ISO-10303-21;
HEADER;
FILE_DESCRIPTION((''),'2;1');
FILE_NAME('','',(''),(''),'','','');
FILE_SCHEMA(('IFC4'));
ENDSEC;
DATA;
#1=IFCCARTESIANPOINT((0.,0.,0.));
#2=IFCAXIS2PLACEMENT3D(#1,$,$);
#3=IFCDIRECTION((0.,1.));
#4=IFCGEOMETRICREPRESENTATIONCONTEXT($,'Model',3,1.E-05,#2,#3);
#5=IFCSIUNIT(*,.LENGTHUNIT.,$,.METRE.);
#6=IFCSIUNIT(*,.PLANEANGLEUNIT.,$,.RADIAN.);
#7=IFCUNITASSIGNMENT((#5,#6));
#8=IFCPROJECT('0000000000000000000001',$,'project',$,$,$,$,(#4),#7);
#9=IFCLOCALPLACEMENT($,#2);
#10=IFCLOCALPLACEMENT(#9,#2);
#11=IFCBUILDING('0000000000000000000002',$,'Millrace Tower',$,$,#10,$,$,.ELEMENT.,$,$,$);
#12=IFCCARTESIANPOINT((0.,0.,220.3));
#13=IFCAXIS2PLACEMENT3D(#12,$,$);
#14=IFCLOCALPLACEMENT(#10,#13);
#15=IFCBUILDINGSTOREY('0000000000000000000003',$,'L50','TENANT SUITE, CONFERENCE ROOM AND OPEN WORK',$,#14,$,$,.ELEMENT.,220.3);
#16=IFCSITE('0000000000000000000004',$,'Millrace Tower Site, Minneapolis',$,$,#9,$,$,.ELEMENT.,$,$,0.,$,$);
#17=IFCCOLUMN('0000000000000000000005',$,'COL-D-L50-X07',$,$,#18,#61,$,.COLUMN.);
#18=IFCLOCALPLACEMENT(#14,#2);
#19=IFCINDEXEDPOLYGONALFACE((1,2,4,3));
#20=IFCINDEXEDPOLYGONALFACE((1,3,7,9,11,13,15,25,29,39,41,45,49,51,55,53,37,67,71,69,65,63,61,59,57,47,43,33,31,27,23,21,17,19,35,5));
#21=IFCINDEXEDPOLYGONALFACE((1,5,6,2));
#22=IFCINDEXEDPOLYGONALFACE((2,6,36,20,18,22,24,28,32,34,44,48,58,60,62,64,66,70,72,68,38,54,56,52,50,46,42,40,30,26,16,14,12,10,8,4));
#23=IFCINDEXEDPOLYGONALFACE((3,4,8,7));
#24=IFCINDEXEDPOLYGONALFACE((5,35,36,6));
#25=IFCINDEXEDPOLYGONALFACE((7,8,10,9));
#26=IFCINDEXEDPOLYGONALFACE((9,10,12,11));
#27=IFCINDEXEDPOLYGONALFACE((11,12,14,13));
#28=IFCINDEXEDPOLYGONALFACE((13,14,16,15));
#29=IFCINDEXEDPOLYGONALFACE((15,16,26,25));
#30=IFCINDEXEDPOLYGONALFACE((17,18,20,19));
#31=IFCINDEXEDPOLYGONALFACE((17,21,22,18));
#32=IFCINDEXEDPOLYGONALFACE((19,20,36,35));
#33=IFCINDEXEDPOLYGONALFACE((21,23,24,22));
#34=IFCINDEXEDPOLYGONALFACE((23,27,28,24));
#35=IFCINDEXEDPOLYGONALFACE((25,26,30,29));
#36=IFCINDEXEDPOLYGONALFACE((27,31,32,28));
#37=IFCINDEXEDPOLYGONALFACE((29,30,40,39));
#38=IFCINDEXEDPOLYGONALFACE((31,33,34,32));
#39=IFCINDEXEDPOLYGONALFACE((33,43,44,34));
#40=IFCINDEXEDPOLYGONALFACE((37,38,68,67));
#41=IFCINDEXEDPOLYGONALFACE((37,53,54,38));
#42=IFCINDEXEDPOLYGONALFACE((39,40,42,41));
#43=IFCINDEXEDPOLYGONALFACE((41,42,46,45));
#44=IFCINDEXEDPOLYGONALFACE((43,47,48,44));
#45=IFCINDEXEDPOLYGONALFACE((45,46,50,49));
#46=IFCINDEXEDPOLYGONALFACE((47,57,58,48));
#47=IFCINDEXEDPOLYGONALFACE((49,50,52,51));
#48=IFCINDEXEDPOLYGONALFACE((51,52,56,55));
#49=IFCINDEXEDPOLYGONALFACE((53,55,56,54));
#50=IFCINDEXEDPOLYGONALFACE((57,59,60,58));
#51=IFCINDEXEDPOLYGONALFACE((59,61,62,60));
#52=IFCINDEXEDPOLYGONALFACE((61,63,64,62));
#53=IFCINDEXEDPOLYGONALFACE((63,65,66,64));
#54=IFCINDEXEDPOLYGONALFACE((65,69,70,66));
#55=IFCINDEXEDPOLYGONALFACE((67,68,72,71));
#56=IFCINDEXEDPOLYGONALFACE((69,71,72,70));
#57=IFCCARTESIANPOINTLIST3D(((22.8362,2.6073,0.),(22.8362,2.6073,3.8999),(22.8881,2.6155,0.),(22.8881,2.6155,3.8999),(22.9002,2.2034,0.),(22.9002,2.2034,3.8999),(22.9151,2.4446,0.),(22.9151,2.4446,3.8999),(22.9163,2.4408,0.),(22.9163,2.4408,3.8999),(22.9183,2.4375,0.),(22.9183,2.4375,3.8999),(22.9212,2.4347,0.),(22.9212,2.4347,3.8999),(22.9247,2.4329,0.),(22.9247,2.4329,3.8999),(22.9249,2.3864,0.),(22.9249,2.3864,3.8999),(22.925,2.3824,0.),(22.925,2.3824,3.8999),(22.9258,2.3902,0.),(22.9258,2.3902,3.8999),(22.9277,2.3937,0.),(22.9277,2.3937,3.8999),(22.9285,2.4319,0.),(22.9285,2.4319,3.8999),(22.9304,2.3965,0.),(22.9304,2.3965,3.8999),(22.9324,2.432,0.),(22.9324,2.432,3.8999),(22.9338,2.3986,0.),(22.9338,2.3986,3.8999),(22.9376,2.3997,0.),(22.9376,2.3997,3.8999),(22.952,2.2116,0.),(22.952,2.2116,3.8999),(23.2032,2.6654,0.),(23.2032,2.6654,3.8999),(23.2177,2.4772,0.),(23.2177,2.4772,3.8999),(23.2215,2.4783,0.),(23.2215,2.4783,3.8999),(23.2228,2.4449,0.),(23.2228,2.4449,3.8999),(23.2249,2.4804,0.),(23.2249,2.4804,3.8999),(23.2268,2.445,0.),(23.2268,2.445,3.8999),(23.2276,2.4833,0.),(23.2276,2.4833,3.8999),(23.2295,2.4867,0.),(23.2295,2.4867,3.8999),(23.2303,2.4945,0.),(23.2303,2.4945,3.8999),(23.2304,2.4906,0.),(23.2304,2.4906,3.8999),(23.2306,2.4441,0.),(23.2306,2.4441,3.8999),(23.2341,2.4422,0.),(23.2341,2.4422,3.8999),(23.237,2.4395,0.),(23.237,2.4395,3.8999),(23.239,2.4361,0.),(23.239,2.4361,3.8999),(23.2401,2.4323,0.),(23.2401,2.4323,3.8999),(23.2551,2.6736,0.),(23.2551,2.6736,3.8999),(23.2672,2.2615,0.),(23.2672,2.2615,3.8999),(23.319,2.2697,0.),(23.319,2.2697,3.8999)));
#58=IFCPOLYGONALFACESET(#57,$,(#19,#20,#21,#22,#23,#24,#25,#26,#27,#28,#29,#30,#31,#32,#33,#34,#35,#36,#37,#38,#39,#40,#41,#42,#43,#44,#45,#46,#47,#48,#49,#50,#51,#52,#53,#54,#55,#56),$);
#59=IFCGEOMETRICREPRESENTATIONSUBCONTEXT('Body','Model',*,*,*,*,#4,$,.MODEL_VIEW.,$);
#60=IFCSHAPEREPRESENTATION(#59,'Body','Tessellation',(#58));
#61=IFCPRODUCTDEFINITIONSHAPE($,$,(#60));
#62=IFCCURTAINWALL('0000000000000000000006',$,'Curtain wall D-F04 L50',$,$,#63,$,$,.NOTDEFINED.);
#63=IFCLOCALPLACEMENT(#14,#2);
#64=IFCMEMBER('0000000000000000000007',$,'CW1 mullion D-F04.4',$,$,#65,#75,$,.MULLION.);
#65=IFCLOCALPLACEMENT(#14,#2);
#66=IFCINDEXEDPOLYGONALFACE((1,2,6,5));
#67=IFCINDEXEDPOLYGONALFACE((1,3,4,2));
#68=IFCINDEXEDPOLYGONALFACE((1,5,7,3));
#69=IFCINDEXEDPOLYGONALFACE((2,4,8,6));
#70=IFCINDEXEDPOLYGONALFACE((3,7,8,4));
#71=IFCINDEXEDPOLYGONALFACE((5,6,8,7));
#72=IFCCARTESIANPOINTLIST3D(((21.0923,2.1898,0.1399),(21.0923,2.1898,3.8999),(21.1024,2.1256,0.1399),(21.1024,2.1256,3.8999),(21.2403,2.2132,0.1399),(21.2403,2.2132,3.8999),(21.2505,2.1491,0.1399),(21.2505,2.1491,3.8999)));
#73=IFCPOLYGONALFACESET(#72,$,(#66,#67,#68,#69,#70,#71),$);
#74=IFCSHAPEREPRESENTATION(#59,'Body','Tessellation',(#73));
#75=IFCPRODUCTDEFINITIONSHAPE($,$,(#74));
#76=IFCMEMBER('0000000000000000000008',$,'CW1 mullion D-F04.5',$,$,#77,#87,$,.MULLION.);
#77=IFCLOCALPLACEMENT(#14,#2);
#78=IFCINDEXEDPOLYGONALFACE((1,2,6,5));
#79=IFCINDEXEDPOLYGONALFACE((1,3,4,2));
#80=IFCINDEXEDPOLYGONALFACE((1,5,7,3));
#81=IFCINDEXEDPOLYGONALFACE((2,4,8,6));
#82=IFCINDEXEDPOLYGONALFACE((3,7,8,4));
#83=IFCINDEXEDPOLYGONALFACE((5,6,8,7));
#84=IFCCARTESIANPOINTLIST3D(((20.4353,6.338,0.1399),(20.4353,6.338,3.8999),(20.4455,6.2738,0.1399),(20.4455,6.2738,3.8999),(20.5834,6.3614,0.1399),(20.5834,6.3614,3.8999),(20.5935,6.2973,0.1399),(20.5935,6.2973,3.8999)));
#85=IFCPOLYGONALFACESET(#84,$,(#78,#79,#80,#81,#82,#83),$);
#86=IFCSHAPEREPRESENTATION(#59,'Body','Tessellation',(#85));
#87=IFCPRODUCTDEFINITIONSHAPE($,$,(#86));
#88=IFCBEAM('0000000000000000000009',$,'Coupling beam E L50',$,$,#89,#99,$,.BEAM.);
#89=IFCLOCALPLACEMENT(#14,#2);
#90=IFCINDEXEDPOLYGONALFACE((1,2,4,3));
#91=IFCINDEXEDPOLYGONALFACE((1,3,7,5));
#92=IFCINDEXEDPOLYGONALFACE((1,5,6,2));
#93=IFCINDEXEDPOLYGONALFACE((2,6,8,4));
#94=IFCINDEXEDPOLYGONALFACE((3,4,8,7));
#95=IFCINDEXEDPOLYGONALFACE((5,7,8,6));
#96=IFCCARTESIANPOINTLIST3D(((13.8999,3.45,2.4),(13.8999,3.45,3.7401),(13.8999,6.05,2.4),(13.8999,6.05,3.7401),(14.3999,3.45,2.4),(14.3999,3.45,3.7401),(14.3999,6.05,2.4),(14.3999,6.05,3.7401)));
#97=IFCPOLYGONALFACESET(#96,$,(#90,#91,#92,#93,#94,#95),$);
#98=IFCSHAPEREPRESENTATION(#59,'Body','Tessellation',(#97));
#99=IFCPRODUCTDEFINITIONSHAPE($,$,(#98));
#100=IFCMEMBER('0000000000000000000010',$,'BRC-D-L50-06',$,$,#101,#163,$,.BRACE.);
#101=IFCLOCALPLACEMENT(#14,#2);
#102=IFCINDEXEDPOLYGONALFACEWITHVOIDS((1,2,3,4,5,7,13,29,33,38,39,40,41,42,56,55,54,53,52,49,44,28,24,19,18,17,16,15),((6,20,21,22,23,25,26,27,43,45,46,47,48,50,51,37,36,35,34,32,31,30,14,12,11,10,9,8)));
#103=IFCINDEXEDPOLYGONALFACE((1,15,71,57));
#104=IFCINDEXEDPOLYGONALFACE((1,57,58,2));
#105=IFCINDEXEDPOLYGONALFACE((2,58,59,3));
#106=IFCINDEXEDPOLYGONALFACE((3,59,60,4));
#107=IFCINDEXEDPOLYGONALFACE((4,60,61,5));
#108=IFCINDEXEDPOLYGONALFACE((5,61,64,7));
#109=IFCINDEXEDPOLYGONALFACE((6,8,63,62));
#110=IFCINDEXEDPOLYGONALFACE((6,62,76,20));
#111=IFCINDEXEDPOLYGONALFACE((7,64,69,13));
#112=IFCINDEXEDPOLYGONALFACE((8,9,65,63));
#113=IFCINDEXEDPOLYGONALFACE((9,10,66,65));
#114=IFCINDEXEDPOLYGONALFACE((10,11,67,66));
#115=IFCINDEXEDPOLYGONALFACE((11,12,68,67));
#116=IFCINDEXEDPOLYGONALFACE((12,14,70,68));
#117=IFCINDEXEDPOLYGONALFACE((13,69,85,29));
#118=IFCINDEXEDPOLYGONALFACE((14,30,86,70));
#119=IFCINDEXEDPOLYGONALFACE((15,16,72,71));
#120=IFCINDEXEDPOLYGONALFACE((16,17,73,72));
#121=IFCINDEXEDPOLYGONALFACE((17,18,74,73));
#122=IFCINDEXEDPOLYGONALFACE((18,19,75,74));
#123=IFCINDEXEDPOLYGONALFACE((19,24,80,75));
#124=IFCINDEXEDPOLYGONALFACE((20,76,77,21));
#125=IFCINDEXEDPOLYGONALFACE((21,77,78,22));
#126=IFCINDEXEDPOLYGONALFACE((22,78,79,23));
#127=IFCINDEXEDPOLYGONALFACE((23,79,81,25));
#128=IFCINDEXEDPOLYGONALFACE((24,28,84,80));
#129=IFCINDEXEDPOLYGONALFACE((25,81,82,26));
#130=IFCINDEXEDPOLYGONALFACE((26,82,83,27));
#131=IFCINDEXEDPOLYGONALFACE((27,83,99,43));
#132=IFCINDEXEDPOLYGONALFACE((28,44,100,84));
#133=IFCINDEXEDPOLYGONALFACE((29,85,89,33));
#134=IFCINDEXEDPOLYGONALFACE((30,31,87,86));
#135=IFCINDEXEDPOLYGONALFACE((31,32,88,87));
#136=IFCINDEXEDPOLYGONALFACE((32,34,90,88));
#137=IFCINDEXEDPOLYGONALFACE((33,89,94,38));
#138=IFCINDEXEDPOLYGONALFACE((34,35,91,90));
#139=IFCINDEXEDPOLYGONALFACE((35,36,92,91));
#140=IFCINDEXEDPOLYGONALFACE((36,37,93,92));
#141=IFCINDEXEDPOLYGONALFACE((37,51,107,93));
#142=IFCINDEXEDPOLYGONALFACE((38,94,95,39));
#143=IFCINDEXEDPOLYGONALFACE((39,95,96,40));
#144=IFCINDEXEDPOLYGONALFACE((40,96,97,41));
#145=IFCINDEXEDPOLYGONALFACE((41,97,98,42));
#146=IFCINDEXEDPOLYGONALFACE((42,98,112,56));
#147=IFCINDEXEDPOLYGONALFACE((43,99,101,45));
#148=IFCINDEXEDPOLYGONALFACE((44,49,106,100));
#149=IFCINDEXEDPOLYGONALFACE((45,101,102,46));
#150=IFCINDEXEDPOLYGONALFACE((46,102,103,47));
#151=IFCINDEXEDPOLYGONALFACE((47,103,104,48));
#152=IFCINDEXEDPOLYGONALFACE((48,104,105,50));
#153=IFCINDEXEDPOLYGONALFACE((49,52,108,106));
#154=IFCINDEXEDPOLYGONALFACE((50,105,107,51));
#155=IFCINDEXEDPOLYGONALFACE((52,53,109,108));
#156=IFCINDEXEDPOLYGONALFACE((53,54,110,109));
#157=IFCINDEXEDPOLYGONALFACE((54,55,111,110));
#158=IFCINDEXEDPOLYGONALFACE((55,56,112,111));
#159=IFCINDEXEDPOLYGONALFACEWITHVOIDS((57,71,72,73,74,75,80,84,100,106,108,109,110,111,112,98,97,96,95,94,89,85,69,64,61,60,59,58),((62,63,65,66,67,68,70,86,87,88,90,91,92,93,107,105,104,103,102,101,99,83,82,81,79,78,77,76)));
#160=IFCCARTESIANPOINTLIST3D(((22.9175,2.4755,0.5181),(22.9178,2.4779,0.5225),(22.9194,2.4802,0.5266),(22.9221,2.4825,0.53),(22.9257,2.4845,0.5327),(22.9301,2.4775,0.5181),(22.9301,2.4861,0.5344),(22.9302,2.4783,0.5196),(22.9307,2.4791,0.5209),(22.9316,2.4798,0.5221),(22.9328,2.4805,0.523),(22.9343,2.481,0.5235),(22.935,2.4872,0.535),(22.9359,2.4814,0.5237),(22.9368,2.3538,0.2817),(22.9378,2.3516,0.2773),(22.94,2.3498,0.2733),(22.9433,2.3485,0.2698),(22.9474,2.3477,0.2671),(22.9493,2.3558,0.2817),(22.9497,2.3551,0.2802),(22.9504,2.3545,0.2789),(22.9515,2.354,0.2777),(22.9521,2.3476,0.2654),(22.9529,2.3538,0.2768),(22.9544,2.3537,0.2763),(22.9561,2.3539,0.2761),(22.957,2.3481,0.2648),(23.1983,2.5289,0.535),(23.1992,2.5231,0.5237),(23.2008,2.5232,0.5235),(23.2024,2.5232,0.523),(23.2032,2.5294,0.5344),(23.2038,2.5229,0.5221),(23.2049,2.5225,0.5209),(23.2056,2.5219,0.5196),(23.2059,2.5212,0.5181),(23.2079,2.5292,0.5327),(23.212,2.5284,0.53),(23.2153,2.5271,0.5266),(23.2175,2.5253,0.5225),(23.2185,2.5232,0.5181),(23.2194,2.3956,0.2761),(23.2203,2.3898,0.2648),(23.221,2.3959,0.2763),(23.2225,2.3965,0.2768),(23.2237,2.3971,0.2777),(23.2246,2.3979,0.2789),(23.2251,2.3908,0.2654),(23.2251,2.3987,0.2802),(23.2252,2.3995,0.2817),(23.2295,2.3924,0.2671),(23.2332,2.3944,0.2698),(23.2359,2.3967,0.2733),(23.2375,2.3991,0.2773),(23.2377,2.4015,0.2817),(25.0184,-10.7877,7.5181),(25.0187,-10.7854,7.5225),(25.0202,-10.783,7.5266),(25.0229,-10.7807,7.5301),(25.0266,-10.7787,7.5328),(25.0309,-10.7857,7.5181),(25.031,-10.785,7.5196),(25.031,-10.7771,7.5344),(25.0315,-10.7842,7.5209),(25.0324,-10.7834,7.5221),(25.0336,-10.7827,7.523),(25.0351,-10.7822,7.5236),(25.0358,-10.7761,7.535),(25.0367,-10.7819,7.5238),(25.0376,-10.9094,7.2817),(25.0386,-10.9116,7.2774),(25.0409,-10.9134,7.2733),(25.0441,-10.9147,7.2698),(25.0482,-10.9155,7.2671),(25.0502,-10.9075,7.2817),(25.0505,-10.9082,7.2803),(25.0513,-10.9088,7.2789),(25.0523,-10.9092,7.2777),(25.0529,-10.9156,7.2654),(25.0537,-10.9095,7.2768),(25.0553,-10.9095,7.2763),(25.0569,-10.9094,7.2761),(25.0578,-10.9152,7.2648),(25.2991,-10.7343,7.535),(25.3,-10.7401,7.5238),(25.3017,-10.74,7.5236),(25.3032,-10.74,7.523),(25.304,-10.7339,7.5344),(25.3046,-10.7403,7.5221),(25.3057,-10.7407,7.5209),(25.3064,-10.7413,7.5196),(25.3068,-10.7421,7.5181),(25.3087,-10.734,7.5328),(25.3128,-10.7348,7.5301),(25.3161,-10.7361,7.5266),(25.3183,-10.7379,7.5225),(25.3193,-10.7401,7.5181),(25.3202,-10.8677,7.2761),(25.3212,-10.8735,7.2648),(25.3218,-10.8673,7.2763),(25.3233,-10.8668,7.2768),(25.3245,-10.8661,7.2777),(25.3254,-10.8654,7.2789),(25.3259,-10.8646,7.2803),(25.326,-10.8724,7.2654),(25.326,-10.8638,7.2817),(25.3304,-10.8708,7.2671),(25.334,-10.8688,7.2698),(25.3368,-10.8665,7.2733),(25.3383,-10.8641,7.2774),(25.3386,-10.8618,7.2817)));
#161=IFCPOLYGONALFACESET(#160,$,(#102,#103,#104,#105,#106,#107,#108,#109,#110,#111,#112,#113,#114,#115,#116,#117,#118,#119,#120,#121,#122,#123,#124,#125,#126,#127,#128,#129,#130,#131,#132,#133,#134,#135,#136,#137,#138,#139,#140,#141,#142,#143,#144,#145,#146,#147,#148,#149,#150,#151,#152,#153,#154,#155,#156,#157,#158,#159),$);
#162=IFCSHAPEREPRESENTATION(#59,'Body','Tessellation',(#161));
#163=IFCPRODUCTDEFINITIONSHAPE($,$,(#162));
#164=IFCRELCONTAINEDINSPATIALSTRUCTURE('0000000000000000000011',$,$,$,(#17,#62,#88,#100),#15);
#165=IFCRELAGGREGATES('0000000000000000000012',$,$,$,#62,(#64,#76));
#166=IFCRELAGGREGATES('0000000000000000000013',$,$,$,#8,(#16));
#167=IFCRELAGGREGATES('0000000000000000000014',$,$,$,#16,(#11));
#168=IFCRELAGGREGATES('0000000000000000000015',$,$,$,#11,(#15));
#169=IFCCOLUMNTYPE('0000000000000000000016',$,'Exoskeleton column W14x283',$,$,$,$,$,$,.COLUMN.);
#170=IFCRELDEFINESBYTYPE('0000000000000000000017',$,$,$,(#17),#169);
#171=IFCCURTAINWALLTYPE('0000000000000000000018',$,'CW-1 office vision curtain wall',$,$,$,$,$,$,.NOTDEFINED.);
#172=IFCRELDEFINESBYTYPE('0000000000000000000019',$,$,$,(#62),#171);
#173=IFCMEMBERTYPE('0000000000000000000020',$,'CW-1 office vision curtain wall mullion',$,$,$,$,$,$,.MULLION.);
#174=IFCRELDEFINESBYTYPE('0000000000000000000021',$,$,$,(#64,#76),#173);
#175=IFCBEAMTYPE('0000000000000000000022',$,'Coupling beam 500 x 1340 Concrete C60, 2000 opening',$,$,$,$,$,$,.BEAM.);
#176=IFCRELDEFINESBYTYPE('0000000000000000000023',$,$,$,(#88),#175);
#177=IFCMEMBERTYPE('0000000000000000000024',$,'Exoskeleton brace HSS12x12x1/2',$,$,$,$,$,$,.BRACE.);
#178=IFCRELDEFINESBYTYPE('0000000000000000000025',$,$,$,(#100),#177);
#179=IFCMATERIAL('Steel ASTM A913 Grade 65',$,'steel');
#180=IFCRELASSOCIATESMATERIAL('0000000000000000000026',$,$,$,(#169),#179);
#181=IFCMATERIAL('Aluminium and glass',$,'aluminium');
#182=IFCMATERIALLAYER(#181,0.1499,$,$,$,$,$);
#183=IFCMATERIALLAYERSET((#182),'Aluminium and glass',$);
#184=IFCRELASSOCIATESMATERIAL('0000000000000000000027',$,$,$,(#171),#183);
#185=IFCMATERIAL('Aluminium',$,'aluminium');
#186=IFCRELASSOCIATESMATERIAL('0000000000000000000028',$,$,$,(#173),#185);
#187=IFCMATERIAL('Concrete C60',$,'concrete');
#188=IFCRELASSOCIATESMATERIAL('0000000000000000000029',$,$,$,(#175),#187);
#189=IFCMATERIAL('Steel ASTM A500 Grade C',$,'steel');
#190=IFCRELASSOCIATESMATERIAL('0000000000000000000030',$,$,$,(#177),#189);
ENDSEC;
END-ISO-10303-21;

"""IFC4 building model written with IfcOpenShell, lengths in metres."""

from ifc_helpers import new_model, si_unit, direction, frame, origin, origin_2d, place, context, subcontext, project, spatial, rectangle, hollow_rectangle, i_section, extrude, material, layer, layer_set, material_profile, profile_set, type_object, element, aggregate, save


model = new_model("IFC4")

# Units and contexts
model_context = context("Model", 3, precision=1e-05, world=origin(), true_north=direction((0.0, 1.0)))
body_context = subcontext(model_context, "Body", "Model", "MODEL_VIEW")
ifc_project = project(units=[si_unit("LENGTHUNIT", "METRE"), si_unit("PLANEANGLEUNIT", "RADIAN")], contexts=[model_context])

# Site, building, storey
site_placement = place(None, origin())
site = spatial("IfcSite", under=ifc_project, at=site_placement, Name="Millrace Tower Site, Minneapolis", CompositionType="ELEMENT", RefElevation=0.0)
building_placement = place(site_placement, origin())
building = spatial("IfcBuilding", under=site, at=building_placement, Name="Millrace Tower", CompositionType="ELEMENT")
storey_placement = place(building_placement, frame((0.0, 0.0, 220.3)))
storey = spatial("IfcBuildingStorey", under=building, at=storey_placement, Name="L50", Description="TENANT SUITE, CONFERENCE ROOM AND OPEN WORK", CompositionType="ELEMENT", Elevation=220.3)

# Column
ifc_material_1 = material(Name="Steel ASTM A913 Grade 65", Category="steel")
ifc_material_profile_1 = material_profile(ifc_material_1, i_section(OverallWidth=0.4089, OverallDepth=0.4241, WebThickness=0.0327, FlangeThickness=0.0525, FilletRadius=0.0151, at=origin_2d()))
ifc_profile_set_1 = profile_set([ifc_material_profile_1], Name="Steel ASTM A913 Grade 65")
column_type = type_object("IfcColumnType", Name="Exoskeleton column W14x283", PredefinedType="COLUMN", material=ifc_profile_set_1)
column_placement = place(storey_placement, frame((23.0776, 2.4385, 0.0), z_axis=(0.0, 0.0, 1.0), x_axis=(-0.156434, 0.987688, 0.0)))
element("IfcColumn", 1, at=column_placement, inside=storey, type_object=column_type, Name="COL-D-L50-X07", PredefinedType="COLUMN", context=body_context, shape_type="SweptSolid", body=[
    extrude(i_section(OverallWidth=0.4089, OverallDepth=0.4241, WebThickness=0.0327, FlangeThickness=0.0525, FilletRadius=0.0151, at=origin_2d()), origin(), (0.0, 0.0, 1.0), 3.8999),
])

# Curtain wall, members
ifc_material_2 = material(Name="Aluminium and glass", Category="aluminium")
ifc_layer_1 = layer(ifc_material_2, 0.1499)
ifc_layer_set_1 = layer_set([ifc_layer_1], Name="Aluminium and glass")
curtain_wall_type = type_object("IfcCurtainWallType", Name="CW-1 office vision curtain wall", PredefinedType="NOTDEFINED", material=ifc_layer_set_1)
curtain_wall_placement = place(storey_placement, origin())
curtain_wall = element("IfcCurtainWall", 2, at=curtain_wall_placement, inside=storey, type_object=curtain_wall_type, Name="Curtain wall D-F04 L50", PredefinedType="NOTDEFINED")
ifc_material_3 = material(Name="Aluminium", Category="aluminium")
ifc_material_profile_2 = material_profile(ifc_material_3, rectangle(XDim=0.0649, YDim=0.1499, at=origin_2d()))
ifc_profile_set_2 = profile_set([ifc_material_profile_2], Name="Aluminium")
member_type_1 = type_object("IfcMemberType", Name="CW-1 office vision curtain wall mullion", PredefinedType="MULLION", material=ifc_profile_set_2)
member_1_placement = place(storey_placement, frame((21.1714, 2.1694, 0.1399), z_axis=(0.0, 0.0, 1.0), x_axis=(-0.156434, 0.987688, 0.0)))
member_1 = element("IfcMember", 3, at=member_1_placement, type_object=member_type_1, Name="CW1 mullion D-F04.4", PredefinedType="MULLION", context=body_context, shape_type="SweptSolid", body=[
    extrude(rectangle(XDim=0.0649, YDim=0.1499, at=origin_2d()), origin(), (0.0, 0.0, 1.0), 3.76),
])
member_2_placement = place(storey_placement, frame((20.5144, 6.3176, 0.1399), z_axis=(0.0, 0.0, 1.0), x_axis=(-0.156434, 0.987688, 0.0)))
member_2 = element("IfcMember", 4, at=member_2_placement, type_object=member_type_1, Name="CW1 mullion D-F04.5", PredefinedType="MULLION", context=body_context, shape_type="SweptSolid", body=[
    extrude(rectangle(XDim=0.0649, YDim=0.1499, at=origin_2d()), origin(), (0.0, 0.0, 1.0), 3.76),
])
aggregate(curtain_wall, [member_1, member_2])

# Beam
ifc_material_4 = material(Name="Concrete C60", Category="concrete")
ifc_material_profile_3 = material_profile(ifc_material_4, rectangle(XDim=0.5, YDim=1.3401, at=origin_2d()))
ifc_profile_set_3 = profile_set([ifc_material_profile_3], Name="Concrete C60")
beam_type_1 = type_object("IfcBeamType", Name="Coupling beam 500 x 1340 Concrete C60, 2000 opening", PredefinedType="BEAM", material=ifc_profile_set_3)
beam_1_placement = place(storey_placement, frame((14.1499, 6.05, 3.0701), z_axis=(0.0, -1.0, 0.0), x_axis=(1.0, 0.0, 0.0)))
element("IfcBeam", 5, at=beam_1_placement, inside=storey, type_object=beam_type_1, Name="Coupling beam E L50", PredefinedType="BEAM", context=body_context, shape_type="SweptSolid", body=[
    extrude(rectangle(XDim=0.5, YDim=1.3401, at=origin_2d()), origin(), (0.0, 0.0, 1.0), 2.6001),
])

# Member
ifc_material_5 = material(Name="Steel ASTM A500 Grade C", Category="steel")
ifc_material_profile_4 = material_profile(ifc_material_5, hollow_rectangle(XDim=0.3047, YDim=0.3047, WallThickness=0.0127, InnerFilletRadius=0.0063, OuterFilletRadius=0.019, at=origin_2d()))
ifc_profile_set_4 = profile_set([ifc_material_profile_4], Name="Steel ASTM A500 Grade C")
member_type_2 = type_object("IfcMemberType", Name="Exoskeleton brace HSS12x12x1/2", PredefinedType="BRACE", material=ifc_profile_set_4)
member_3_placement = place(storey_placement, frame((23.0776, 2.4385, 0.3999), z_axis=(0.138728, -0.875834, 0.462245), x_axis=(0.987687, 0.156445, 0.0)))
element("IfcMember", 6, at=member_3_placement, inside=storey, type_object=member_type_2, Name="BRC-D-L50-06", PredefinedType="BRACE", context=body_context, shape_type="SweptSolid", body=[
    extrude(hollow_rectangle(XDim=0.3047, YDim=0.3047, WallThickness=0.0127, InnerFilletRadius=0.0063, OuterFilletRadius=0.019, at=origin_2d()), origin(), (0.0, 0.0, 1.0), 15.1436),
])

save(model, "model.ifc")
